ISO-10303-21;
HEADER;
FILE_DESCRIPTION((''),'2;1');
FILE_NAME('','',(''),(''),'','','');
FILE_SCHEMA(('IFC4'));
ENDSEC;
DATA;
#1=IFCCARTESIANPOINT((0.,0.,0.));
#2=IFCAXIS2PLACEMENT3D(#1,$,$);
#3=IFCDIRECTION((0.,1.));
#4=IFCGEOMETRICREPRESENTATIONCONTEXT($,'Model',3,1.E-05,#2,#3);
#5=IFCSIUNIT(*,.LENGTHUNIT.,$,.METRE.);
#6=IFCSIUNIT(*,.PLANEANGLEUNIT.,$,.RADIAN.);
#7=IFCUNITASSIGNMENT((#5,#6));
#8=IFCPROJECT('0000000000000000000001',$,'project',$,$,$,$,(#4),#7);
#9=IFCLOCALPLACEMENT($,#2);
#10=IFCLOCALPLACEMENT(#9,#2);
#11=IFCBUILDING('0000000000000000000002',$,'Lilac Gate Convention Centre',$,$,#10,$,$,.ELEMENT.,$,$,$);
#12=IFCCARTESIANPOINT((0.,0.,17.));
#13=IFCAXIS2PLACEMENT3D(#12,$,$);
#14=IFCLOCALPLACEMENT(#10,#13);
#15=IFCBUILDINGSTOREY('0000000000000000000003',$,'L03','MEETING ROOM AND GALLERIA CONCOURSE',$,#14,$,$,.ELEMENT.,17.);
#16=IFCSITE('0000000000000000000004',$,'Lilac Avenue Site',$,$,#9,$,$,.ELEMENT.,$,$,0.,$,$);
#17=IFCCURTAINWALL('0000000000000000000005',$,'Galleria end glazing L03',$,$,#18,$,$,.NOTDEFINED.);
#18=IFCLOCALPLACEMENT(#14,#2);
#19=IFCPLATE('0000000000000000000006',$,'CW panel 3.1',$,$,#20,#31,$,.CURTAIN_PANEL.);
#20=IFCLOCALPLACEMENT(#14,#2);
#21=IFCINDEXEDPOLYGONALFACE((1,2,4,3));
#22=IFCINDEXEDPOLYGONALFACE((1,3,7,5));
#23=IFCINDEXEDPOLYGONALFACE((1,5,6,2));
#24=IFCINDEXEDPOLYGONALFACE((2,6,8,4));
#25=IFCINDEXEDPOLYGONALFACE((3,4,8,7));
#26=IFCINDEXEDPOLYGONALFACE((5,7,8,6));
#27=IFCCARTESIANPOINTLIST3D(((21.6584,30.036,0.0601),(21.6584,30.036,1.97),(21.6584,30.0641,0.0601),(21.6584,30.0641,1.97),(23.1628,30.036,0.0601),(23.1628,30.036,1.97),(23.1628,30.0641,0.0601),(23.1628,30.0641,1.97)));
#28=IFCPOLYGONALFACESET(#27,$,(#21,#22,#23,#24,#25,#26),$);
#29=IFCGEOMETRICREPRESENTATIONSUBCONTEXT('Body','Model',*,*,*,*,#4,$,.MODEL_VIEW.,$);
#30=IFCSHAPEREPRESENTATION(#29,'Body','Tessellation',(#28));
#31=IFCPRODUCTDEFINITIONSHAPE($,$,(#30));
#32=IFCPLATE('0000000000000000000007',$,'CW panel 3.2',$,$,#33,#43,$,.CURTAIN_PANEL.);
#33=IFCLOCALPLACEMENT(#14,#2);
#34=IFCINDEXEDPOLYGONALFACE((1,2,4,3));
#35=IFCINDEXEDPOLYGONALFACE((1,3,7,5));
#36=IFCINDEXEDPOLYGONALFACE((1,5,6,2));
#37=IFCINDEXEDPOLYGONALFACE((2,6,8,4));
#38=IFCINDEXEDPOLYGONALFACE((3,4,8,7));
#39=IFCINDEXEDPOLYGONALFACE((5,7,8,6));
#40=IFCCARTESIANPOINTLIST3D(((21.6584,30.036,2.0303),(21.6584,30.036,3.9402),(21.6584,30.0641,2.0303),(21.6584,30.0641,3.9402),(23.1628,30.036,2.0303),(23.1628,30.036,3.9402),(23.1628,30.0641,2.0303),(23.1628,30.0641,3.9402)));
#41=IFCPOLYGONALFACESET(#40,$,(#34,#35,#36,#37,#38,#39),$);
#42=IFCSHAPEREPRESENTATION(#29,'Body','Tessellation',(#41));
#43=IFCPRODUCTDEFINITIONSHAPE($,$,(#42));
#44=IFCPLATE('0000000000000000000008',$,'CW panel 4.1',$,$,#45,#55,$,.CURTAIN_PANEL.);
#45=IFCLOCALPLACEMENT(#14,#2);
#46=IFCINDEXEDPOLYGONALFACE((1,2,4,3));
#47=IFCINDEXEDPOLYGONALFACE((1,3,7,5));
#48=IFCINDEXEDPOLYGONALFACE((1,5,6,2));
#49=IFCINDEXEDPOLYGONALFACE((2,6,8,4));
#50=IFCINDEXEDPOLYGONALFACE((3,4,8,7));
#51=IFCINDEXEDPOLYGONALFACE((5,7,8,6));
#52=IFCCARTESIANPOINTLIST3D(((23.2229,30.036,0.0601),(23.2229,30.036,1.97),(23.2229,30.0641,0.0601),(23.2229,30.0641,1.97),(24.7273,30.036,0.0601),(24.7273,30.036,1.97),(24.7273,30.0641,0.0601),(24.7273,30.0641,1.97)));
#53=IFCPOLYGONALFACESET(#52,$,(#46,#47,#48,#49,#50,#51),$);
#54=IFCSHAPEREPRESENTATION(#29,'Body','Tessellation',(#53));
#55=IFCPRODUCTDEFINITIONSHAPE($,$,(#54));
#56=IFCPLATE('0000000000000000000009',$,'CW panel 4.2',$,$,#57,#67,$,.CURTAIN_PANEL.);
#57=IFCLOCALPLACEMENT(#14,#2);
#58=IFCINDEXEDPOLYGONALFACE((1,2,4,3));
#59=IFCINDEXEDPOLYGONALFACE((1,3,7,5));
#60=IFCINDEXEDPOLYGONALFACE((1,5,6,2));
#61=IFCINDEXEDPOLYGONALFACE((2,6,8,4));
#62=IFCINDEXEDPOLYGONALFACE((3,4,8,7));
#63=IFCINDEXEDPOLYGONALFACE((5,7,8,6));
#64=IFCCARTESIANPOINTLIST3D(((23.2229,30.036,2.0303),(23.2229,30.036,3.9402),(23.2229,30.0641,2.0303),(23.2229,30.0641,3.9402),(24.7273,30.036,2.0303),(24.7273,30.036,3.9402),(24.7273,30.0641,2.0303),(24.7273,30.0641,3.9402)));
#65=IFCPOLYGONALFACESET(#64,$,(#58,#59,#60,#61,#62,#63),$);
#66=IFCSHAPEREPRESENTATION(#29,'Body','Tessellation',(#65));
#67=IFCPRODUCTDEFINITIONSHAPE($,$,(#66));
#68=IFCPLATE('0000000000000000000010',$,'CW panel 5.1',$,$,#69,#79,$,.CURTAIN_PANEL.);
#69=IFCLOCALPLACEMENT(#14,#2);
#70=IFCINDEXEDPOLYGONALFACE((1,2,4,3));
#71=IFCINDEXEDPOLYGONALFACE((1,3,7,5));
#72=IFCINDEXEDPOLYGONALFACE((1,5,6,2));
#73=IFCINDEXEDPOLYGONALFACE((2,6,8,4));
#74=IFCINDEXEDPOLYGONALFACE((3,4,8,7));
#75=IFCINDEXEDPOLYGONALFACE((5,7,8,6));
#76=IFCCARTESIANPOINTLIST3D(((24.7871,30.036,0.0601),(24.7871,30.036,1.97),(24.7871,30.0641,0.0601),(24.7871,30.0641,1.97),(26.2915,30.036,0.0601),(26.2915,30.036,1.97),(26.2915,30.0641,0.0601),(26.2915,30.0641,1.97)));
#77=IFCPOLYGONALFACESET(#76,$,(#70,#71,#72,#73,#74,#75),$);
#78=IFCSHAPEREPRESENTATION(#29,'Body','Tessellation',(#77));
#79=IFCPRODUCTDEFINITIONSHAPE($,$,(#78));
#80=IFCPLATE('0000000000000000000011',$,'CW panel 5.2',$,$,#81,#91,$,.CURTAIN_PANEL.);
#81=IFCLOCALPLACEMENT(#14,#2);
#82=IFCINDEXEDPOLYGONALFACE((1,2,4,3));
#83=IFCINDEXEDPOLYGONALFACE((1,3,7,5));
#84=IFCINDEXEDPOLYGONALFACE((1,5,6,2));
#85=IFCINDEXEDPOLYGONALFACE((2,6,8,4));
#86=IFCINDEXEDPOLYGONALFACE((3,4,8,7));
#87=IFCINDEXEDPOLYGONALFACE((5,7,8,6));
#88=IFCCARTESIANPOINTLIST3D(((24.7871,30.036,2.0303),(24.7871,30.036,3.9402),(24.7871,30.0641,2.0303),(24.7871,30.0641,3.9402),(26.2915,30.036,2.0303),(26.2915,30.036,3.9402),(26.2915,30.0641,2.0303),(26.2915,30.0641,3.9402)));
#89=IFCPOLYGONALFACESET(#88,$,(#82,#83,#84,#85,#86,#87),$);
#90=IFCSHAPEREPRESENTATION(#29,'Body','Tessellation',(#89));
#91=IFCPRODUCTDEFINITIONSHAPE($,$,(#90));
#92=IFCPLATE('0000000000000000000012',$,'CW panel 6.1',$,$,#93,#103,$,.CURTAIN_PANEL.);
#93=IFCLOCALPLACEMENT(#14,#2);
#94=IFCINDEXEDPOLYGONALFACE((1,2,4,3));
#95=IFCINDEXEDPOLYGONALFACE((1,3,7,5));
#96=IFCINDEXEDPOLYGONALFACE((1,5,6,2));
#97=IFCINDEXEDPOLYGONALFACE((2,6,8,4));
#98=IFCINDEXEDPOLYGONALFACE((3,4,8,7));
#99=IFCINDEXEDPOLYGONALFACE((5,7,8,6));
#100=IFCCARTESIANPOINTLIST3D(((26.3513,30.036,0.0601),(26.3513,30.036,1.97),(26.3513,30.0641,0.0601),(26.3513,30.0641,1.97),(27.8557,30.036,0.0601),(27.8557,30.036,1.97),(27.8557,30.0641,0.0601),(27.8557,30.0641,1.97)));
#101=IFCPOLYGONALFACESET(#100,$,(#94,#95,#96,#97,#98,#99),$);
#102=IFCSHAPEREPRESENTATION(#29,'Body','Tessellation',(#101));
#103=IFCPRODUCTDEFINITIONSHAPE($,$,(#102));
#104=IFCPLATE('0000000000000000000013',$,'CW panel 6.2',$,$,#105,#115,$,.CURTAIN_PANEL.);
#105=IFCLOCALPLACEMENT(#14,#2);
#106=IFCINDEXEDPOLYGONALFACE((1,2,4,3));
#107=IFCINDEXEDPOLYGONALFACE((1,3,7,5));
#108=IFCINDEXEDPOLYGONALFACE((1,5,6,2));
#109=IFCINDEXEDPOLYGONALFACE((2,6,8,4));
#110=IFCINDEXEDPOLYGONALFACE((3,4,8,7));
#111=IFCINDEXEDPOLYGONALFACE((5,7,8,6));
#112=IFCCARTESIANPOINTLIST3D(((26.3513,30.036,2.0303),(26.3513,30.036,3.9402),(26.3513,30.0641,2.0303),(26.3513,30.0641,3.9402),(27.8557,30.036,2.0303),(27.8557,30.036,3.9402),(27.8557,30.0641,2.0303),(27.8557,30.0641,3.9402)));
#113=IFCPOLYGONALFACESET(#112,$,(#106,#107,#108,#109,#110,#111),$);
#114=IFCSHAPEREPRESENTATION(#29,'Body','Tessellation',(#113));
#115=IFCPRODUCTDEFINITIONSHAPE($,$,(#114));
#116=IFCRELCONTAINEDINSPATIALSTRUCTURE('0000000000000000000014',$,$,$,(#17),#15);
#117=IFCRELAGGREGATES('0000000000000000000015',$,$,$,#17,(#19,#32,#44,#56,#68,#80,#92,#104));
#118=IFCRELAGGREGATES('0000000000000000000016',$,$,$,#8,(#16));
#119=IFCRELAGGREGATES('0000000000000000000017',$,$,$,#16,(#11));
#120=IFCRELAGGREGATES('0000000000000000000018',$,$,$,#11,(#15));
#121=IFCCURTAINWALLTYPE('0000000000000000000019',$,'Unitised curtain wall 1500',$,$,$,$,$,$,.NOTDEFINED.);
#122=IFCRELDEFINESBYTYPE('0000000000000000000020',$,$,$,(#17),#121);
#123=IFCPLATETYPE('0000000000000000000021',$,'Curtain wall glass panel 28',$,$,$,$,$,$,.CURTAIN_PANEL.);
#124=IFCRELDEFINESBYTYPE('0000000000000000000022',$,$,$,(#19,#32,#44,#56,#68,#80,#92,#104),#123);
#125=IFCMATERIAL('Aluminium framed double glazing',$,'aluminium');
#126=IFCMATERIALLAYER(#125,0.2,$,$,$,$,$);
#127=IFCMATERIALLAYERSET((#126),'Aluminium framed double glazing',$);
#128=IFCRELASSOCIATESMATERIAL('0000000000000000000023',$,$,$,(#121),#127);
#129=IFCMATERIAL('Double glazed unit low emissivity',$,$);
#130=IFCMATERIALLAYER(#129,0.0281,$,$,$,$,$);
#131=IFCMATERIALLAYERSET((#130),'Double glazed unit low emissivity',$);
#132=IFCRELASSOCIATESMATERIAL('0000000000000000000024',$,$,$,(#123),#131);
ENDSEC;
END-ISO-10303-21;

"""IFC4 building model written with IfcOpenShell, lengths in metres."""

from ifc_helpers import new_model, si_unit, direction, frame, origin, origin_2d, place, context, subcontext, project, spatial, rectangle, extrude, material, layer, layer_set, type_object, element, aggregate, save


model = new_model("IFC4")

# Units and contexts
model_context = context("Model", 3, precision=1e-05, world=origin(), true_north=direction((0.0, 1.0)))
body_context = subcontext(model_context, "Body", "Model", "MODEL_VIEW")
ifc_project = project(units=[si_unit("LENGTHUNIT", "METRE"), si_unit("PLANEANGLEUNIT", "RADIAN")], contexts=[model_context])

# Site, building, storey
site_placement = place(None, origin())
site = spatial("IfcSite", under=ifc_project, at=site_placement, Name="Lilac Avenue Site", CompositionType="ELEMENT", RefElevation=0.0)
building_placement = place(site_placement, origin())
building = spatial("IfcBuilding", under=site, at=building_placement, Name="Lilac Gate Convention Centre", CompositionType="ELEMENT")
storey_placement = place(building_placement, frame((0.0, 0.0, 17.0)))
storey = spatial("IfcBuildingStorey", under=building, at=storey_placement, Name="L03", Description="MEETING ROOM AND GALLERIA CONCOURSE", CompositionType="ELEMENT", Elevation=17.0)

# Curtain wall, plates
ifc_material_1 = material(Name="Aluminium framed double glazing", Category="aluminium")
ifc_layer_1 = layer(ifc_material_1, 0.2)
ifc_layer_set_1 = layer_set([ifc_layer_1], Name="Aluminium framed double glazing")
curtain_wall_type = type_object("IfcCurtainWallType", Name="Unitised curtain wall 1500", PredefinedType="NOTDEFINED", material=ifc_layer_set_1)
curtain_wall_placement = place(storey_placement, origin())
curtain_wall = element("IfcCurtainWall", 1, at=curtain_wall_placement, inside=storey, type_object=curtain_wall_type, Name="Galleria end glazing L03", PredefinedType="NOTDEFINED")
ifc_material_2 = material(Name="Double glazed unit low emissivity")
ifc_layer_2 = layer(ifc_material_2, 0.0281)
ifc_layer_set_2 = layer_set([ifc_layer_2], Name="Double glazed unit low emissivity")
plate_type = type_object("IfcPlateType", Name="Curtain wall glass panel 28", PredefinedType="CURTAIN_PANEL", material=ifc_layer_set_2)
plate_1_placement = place(storey_placement, frame((22.4106, 30.05, 0.0601), z_axis=(0.0, 0.0, 1.0), x_axis=(1.0, 0.0, 0.0)))
plate_1 = element("IfcPlate", 2, at=plate_1_placement, type_object=plate_type, Name="CW panel 3.1", PredefinedType="CURTAIN_PANEL", context=body_context, shape_type="SweptSolid", body=[
    extrude(rectangle(XDim=1.5044, YDim=0.0281, at=origin_2d()), origin(), (0.0, 0.0, 1.0), 1.9099),
])
plate_2_placement = place(storey_placement, frame((22.4106, 30.05, 2.0303), z_axis=(0.0, 0.0, 1.0), x_axis=(1.0, 0.0, 0.0)))
plate_2 = element("IfcPlate", 3, at=plate_2_placement, type_object=plate_type, Name="CW panel 3.2", PredefinedType="CURTAIN_PANEL", context=body_context, shape_type="SweptSolid", body=[
    extrude(rectangle(XDim=1.5044, YDim=0.0281, at=origin_2d()), origin(), (0.0, 0.0, 1.0), 1.9099),
])
plate_3_placement = place(storey_placement, frame((23.9751, 30.05, 0.0601), z_axis=(0.0, 0.0, 1.0), x_axis=(1.0, 0.0, 0.0)))
plate_3 = element("IfcPlate", 4, at=plate_3_placement, type_object=plate_type, Name="CW panel 4.1", PredefinedType="CURTAIN_PANEL", context=body_context, shape_type="SweptSolid", body=[
    extrude(rectangle(XDim=1.5044, YDim=0.0281, at=origin_2d()), origin(), (0.0, 0.0, 1.0), 1.9099),
])
plate_4_placement = place(storey_placement, frame((23.9751, 30.05, 2.0303), z_axis=(0.0, 0.0, 1.0), x_axis=(1.0, 0.0, 0.0)))
plate_4 = element("IfcPlate", 5, at=plate_4_placement, type_object=plate_type, Name="CW panel 4.2", PredefinedType="CURTAIN_PANEL", context=body_context, shape_type="SweptSolid", body=[
    extrude(rectangle(XDim=1.5044, YDim=0.0281, at=origin_2d()), origin(), (0.0, 0.0, 1.0), 1.9099),
])
plate_5_placement = place(storey_placement, frame((25.5393, 30.05, 0.0601), z_axis=(0.0, 0.0, 1.0), x_axis=(1.0, 0.0, 0.0)))
plate_5 = element("IfcPlate", 6, at=plate_5_placement, type_object=plate_type, Name="CW panel 5.1", PredefinedType="CURTAIN_PANEL", context=body_context, shape_type="SweptSolid", body=[
    extrude(rectangle(XDim=1.5044, YDim=0.0281, at=origin_2d()), origin(), (0.0, 0.0, 1.0), 1.9099),
])
plate_6_placement = place(storey_placement, frame((25.5393, 30.05, 2.0303), z_axis=(0.0, 0.0, 1.0), x_axis=(1.0, 0.0, 0.0)))
plate_6 = element("IfcPlate", 7, at=plate_6_placement, type_object=plate_type, Name="CW panel 5.2", PredefinedType="CURTAIN_PANEL", context=body_context, shape_type="SweptSolid", body=[
    extrude(rectangle(XDim=1.5044, YDim=0.0281, at=origin_2d()), origin(), (0.0, 0.0, 1.0), 1.9099),
])
plate_7_placement = place(storey_placement, frame((27.1035, 30.05, 0.0601), z_axis=(0.0, 0.0, 1.0), x_axis=(1.0, 0.0, 0.0)))
plate_7 = element("IfcPlate", 8, at=plate_7_placement, type_object=plate_type, Name="CW panel 6.1", PredefinedType="CURTAIN_PANEL", context=body_context, shape_type="SweptSolid", body=[
    extrude(rectangle(XDim=1.5044, YDim=0.0281, at=origin_2d()), origin(), (0.0, 0.0, 1.0), 1.9099),
])
plate_8_placement = place(storey_placement, frame((27.1035, 30.05, 2.0303), z_axis=(0.0, 0.0, 1.0), x_axis=(1.0, 0.0, 0.0)))
plate_8 = element("IfcPlate", 9, at=plate_8_placement, type_object=plate_type, Name="CW panel 6.2", PredefinedType="CURTAIN_PANEL", context=body_context, shape_type="SweptSolid", body=[
    extrude(rectangle(XDim=1.5044, YDim=0.0281, at=origin_2d()), origin(), (0.0, 0.0, 1.0), 1.9099),
])
aggregate(curtain_wall, [plate_1, plate_2, plate_3, plate_4, plate_5, plate_6, plate_7, plate_8])

save(model, "model.ifc")
